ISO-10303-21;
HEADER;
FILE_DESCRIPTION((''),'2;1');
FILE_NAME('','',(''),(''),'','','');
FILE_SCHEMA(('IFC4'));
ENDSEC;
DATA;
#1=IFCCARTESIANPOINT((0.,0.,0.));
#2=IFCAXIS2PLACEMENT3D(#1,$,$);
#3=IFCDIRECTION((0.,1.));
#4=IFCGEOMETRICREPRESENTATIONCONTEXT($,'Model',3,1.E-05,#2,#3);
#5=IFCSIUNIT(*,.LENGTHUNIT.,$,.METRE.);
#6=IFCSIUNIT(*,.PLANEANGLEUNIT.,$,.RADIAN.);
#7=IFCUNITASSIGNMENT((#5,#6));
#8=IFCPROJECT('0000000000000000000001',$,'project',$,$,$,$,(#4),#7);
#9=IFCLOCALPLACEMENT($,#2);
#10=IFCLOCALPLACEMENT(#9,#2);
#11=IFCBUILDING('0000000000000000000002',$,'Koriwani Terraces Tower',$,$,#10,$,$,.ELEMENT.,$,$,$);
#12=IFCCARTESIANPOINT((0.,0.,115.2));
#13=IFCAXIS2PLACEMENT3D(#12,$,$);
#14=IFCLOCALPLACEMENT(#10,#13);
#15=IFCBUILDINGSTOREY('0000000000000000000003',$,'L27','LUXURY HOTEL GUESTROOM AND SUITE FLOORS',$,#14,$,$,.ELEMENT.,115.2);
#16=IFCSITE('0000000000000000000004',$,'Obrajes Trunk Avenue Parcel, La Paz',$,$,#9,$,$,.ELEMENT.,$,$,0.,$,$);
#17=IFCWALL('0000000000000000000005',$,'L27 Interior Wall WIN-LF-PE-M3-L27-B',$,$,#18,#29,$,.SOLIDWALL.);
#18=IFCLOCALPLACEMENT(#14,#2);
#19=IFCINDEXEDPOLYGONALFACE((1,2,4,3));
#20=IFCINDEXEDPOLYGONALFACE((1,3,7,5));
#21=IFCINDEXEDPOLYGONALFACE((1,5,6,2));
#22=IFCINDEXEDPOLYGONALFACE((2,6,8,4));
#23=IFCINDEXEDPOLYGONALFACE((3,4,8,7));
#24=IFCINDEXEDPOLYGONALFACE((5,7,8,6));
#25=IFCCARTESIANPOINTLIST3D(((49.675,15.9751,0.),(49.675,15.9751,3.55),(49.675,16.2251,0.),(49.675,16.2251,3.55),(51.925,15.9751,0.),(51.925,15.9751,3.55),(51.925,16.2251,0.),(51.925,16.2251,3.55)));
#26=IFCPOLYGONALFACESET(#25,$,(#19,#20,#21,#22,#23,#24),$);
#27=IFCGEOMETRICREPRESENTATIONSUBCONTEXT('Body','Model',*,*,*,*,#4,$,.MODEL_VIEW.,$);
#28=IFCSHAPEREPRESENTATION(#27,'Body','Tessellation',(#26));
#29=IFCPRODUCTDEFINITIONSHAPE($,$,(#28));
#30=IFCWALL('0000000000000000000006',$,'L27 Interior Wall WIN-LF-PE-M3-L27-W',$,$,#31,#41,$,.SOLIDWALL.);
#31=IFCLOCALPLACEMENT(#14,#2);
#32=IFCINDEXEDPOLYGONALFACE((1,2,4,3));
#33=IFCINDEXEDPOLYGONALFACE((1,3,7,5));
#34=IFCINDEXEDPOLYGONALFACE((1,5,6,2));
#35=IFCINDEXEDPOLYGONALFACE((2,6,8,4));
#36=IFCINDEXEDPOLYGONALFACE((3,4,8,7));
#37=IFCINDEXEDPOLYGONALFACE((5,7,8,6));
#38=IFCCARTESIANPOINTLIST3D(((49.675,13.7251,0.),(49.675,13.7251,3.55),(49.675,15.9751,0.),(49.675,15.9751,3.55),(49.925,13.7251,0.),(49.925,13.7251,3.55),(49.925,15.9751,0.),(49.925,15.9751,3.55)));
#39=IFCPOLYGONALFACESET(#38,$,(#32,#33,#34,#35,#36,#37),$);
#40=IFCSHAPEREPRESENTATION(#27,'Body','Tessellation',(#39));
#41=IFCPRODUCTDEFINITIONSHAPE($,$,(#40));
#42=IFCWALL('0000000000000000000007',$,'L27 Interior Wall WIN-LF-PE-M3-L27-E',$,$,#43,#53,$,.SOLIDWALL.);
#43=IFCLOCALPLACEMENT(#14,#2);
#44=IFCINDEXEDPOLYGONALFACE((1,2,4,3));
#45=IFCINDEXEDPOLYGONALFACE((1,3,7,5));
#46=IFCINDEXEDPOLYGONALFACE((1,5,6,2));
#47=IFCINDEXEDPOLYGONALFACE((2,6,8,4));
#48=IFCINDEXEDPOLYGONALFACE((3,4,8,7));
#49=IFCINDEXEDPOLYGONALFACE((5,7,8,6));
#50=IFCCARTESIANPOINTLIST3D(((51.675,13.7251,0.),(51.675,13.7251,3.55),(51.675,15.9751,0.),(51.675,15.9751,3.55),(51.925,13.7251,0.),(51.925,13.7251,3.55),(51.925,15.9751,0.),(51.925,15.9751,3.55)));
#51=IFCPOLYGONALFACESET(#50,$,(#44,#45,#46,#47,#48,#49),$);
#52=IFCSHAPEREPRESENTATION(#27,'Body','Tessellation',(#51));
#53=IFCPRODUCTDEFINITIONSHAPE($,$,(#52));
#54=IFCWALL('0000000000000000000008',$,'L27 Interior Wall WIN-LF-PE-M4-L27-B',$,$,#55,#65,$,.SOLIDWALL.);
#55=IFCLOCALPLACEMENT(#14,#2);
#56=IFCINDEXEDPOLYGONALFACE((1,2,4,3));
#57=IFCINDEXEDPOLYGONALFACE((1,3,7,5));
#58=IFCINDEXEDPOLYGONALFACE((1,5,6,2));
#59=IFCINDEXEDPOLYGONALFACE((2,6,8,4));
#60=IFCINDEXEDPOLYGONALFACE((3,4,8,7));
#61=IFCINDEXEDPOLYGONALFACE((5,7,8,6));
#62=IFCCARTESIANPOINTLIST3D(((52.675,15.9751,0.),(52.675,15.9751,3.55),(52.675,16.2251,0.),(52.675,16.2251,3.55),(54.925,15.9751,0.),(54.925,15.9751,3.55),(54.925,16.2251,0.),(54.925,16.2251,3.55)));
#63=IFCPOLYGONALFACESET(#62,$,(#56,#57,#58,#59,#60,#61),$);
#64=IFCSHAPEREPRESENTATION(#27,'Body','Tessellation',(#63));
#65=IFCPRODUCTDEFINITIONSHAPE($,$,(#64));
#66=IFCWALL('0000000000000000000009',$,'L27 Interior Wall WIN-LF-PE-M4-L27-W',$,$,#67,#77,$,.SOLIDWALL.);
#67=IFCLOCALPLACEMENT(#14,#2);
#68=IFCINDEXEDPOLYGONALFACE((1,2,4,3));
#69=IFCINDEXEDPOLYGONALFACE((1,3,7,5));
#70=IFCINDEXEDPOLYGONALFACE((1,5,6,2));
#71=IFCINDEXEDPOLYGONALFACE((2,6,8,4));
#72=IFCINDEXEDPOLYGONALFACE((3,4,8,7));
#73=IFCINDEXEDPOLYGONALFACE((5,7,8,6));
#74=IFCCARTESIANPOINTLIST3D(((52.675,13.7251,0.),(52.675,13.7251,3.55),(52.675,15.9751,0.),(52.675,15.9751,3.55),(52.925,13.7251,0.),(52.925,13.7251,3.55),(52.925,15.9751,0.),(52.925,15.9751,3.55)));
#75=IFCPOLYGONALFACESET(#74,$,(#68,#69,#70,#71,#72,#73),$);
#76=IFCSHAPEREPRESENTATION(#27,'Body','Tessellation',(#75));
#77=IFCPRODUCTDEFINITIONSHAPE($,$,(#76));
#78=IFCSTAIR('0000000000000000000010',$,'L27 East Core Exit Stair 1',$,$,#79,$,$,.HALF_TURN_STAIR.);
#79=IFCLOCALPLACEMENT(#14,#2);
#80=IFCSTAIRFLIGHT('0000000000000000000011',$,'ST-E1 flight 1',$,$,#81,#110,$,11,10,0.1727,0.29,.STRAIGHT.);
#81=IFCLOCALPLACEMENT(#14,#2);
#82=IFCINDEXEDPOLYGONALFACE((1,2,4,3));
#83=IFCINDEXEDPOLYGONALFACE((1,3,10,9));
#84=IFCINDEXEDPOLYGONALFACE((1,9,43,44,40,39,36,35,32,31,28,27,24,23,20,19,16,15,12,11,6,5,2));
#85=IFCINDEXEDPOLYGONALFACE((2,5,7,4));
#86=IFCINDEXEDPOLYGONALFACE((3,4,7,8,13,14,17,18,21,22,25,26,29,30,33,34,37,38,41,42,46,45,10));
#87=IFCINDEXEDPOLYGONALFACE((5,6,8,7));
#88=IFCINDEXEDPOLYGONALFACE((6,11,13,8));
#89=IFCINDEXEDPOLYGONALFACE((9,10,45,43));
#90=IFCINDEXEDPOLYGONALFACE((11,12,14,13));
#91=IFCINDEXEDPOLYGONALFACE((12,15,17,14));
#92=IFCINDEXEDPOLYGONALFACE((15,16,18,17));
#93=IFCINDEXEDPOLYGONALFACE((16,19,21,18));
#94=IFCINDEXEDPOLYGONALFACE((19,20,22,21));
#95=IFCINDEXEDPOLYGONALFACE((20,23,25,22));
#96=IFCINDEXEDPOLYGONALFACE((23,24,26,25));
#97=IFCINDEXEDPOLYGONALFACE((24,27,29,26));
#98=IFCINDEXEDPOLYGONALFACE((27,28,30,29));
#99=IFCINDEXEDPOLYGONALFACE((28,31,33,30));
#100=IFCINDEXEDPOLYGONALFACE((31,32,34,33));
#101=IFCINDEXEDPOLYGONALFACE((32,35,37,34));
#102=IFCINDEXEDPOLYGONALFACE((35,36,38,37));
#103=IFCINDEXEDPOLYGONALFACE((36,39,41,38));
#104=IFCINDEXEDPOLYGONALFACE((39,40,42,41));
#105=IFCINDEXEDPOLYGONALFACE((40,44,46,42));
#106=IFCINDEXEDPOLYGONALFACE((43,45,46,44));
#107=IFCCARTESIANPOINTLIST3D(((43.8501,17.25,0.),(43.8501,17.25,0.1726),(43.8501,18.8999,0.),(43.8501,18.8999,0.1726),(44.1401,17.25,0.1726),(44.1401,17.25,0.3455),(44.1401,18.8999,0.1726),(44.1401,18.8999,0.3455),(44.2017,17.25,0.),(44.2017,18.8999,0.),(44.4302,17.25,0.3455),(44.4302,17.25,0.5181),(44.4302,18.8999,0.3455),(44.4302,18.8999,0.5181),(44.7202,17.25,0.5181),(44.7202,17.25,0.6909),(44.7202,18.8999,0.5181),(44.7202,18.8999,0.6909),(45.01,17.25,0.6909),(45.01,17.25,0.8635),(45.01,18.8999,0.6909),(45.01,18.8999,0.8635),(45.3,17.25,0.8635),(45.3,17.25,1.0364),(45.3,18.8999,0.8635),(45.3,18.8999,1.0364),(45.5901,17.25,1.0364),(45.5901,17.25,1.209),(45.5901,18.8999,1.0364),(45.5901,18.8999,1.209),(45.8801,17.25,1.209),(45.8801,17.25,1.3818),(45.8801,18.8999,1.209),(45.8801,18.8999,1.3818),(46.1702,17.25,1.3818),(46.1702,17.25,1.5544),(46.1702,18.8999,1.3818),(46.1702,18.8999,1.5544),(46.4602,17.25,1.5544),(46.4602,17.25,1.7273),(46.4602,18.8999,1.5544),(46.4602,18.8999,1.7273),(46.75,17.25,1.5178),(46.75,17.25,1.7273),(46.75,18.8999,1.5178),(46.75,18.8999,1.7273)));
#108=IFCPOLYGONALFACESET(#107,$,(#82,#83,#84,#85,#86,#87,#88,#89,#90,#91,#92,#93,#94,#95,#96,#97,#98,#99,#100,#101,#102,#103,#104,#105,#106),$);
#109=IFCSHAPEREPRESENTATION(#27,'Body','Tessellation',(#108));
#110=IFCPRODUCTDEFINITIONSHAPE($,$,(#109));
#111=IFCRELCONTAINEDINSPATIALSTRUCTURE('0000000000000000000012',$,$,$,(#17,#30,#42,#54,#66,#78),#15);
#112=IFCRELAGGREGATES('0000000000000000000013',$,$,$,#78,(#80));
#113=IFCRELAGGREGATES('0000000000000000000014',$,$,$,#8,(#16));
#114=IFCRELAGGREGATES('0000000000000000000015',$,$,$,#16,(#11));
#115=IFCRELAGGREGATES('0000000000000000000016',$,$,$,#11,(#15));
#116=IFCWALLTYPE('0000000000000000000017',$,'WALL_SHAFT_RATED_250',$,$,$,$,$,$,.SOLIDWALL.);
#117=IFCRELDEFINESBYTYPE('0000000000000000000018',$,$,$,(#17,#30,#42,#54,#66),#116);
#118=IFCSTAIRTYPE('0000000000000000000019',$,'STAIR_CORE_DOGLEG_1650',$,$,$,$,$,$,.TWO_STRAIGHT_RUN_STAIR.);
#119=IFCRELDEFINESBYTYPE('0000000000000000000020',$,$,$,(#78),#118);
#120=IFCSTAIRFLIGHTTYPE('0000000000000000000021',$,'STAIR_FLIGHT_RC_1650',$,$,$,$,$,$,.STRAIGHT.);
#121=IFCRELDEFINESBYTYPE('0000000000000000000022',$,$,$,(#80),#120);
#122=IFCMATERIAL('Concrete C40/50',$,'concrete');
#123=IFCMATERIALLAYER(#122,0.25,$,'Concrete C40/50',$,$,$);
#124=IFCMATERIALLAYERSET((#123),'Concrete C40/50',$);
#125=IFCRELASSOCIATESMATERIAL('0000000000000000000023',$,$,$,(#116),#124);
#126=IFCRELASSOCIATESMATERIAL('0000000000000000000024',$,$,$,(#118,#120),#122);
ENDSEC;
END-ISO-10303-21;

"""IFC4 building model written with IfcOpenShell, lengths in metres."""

from ifc_helpers import new_model, si_unit, direction, frame, frame_2d, origin, place, context, subcontext, project, spatial, polyline, rectangle, outline, extrude, material, layer, layer_set, type_object, element, aggregate, save


model = new_model("IFC4")

# Units and contexts
model_context = context("Model", 3, precision=1e-05, world=origin(), true_north=direction((0.0, 1.0)))
body_context = subcontext(model_context, "Body", "Model", "MODEL_VIEW")
ifc_project = project(units=[si_unit("LENGTHUNIT", "METRE"), si_unit("PLANEANGLEUNIT", "RADIAN")], contexts=[model_context])

# Site, building, storey
site_placement = place(None, origin())
site = spatial("IfcSite", under=ifc_project, at=site_placement, Name="Obrajes Trunk Avenue Parcel, La Paz", CompositionType="ELEMENT", RefElevation=0.0)
building_placement = place(site_placement, origin())
building = spatial("IfcBuilding", under=site, at=building_placement, Name="Koriwani Terraces Tower", CompositionType="ELEMENT")
storey_placement = place(building_placement, frame((0.0, 0.0, 115.2)))
storey = spatial("IfcBuildingStorey", under=building, at=storey_placement, Name="L27", Description="LUXURY HOTEL GUESTROOM AND SUITE FLOORS", CompositionType="ELEMENT", Elevation=115.2)

# Shared definitions
ifc_material_1 = material(Name="Concrete C40/50", Category="concrete")

# Shared definitions
ifc_layer_1 = layer(ifc_material_1, 0.25, Name="Concrete C40/50")
ifc_layer_set_1 = layer_set([ifc_layer_1], Name="Concrete C40/50")
wall_type_1 = type_object("IfcWallType", Name="WALL_SHAFT_RATED_250", PredefinedType="SOLIDWALL", material=ifc_layer_set_1)

# Walls
for number, where, z_axis, x_axis, name in (
    (1, (49.675, 16.1001, 0.0), (0.0, 0.0, 1.0), (1.0, 0.0, 0.0), "L27 Interior Wall WIN-LF-PE-M3-L27-B"),
    (2, (49.8, 13.7251, 0.0), (0.0, 0.0, 1.0), (0.0, 1.0, 0.0), "L27 Interior Wall WIN-LF-PE-M3-L27-W"),
    (3, (51.8, 13.7251, 0.0), (0.0, 0.0, 1.0), (0.0, 1.0, 0.0), "L27 Interior Wall WIN-LF-PE-M3-L27-E"),
):
    element("IfcWall", number, at=place(storey_placement, frame(where, z_axis=z_axis, x_axis=x_axis)), inside=storey, type_object=wall_type_1, Name=name, PredefinedType="SOLIDWALL", context=body_context, shape_type="SweptSolid", body=[
        extrude(rectangle(XDim=2.25, YDim=0.25, at=frame_2d((1.125, 0.0))), origin(), (0.0, 0.0, 1.0), 3.55),
    ])

# Walls
for number, where, z_axis, x_axis, name in (
    (4, (52.675, 16.1001, 0.0), (0.0, 0.0, 1.0), (1.0, 0.0, 0.0), "L27 Interior Wall WIN-LF-PE-M4-L27-B"),
    (5, (52.8, 13.7251, 0.0), (0.0, 0.0, 1.0), (0.0, 1.0, 0.0), "L27 Interior Wall WIN-LF-PE-M4-L27-W"),
):
    element("IfcWall", number, at=place(storey_placement, frame(where, z_axis=z_axis, x_axis=x_axis)), inside=storey, type_object=wall_type_1, Name=name, PredefinedType="SOLIDWALL", context=body_context, shape_type="SweptSolid", body=[
        extrude(rectangle(XDim=2.25, YDim=0.25, at=frame_2d((1.125, 0.0))), origin(), (0.0, 0.0, 1.0), 3.55),
    ])

# Stair, stair flight
stair_type = type_object("IfcStairType", Name="STAIR_CORE_DOGLEG_1650", PredefinedType="TWO_STRAIGHT_RUN_STAIR", material=ifc_material_1)
stair_placement = place(storey_placement, origin())
stair = element("IfcStair", 6, at=stair_placement, inside=storey, type_object=stair_type, Name="L27 East Core Exit Stair 1", PredefinedType="HALF_TURN_STAIR")
stair_flight_type = type_object("IfcStairFlightType", Name="STAIR_FLIGHT_RC_1650", PredefinedType="STRAIGHT", material=ifc_material_1)
stair_flight_placement = place(storey_placement, frame((43.8501, 18.075, 0.0), z_axis=(0.0, 0.0, 1.0), x_axis=(1.0, 0.0, 0.0)))
stair_flight = element("IfcStairFlight", 7, at=stair_flight_placement, type_object=stair_flight_type, Name="ST-E1 flight 1", NumberOfRisers=11, NumberOfTreads=10, PredefinedType="STRAIGHT", RiserHeight=0.1727, TreadLength=0.29, context=body_context, shape_type="SweptSolid", body=[
    extrude(outline(polyline([(0.0, 0.0), (0.0, 0.1726), (0.29, 0.1726), (0.29, 0.3455), (0.5801, 0.3455), (0.5801, 0.5181), (0.8701, 0.5181), (0.8701, 0.6909), (1.1599, 0.6909), (1.1599, 0.8635), (1.45, 0.8635), (1.45, 1.0364), (1.74, 1.0364), (1.74, 1.209), (2.03, 1.209), (2.03, 1.3818), (2.3201, 1.3818), (2.3201, 1.5544), (2.6101, 1.5544), (2.6101, 1.7273), (2.8999, 1.7273), (2.8999, 1.8999), (2.8999, 1.5178), (0.3516, 0.0), (0.0, 0.0)])), frame((0.0, 0.825, 0.0), z_axis=(0.0, -1.0, 0.0), x_axis=(1.0, 0.0, 0.0)), (0.0, 0.0, 1.0), 1.6499),
])
aggregate(stair, [stair_flight])

save(model, "model.ifc")
